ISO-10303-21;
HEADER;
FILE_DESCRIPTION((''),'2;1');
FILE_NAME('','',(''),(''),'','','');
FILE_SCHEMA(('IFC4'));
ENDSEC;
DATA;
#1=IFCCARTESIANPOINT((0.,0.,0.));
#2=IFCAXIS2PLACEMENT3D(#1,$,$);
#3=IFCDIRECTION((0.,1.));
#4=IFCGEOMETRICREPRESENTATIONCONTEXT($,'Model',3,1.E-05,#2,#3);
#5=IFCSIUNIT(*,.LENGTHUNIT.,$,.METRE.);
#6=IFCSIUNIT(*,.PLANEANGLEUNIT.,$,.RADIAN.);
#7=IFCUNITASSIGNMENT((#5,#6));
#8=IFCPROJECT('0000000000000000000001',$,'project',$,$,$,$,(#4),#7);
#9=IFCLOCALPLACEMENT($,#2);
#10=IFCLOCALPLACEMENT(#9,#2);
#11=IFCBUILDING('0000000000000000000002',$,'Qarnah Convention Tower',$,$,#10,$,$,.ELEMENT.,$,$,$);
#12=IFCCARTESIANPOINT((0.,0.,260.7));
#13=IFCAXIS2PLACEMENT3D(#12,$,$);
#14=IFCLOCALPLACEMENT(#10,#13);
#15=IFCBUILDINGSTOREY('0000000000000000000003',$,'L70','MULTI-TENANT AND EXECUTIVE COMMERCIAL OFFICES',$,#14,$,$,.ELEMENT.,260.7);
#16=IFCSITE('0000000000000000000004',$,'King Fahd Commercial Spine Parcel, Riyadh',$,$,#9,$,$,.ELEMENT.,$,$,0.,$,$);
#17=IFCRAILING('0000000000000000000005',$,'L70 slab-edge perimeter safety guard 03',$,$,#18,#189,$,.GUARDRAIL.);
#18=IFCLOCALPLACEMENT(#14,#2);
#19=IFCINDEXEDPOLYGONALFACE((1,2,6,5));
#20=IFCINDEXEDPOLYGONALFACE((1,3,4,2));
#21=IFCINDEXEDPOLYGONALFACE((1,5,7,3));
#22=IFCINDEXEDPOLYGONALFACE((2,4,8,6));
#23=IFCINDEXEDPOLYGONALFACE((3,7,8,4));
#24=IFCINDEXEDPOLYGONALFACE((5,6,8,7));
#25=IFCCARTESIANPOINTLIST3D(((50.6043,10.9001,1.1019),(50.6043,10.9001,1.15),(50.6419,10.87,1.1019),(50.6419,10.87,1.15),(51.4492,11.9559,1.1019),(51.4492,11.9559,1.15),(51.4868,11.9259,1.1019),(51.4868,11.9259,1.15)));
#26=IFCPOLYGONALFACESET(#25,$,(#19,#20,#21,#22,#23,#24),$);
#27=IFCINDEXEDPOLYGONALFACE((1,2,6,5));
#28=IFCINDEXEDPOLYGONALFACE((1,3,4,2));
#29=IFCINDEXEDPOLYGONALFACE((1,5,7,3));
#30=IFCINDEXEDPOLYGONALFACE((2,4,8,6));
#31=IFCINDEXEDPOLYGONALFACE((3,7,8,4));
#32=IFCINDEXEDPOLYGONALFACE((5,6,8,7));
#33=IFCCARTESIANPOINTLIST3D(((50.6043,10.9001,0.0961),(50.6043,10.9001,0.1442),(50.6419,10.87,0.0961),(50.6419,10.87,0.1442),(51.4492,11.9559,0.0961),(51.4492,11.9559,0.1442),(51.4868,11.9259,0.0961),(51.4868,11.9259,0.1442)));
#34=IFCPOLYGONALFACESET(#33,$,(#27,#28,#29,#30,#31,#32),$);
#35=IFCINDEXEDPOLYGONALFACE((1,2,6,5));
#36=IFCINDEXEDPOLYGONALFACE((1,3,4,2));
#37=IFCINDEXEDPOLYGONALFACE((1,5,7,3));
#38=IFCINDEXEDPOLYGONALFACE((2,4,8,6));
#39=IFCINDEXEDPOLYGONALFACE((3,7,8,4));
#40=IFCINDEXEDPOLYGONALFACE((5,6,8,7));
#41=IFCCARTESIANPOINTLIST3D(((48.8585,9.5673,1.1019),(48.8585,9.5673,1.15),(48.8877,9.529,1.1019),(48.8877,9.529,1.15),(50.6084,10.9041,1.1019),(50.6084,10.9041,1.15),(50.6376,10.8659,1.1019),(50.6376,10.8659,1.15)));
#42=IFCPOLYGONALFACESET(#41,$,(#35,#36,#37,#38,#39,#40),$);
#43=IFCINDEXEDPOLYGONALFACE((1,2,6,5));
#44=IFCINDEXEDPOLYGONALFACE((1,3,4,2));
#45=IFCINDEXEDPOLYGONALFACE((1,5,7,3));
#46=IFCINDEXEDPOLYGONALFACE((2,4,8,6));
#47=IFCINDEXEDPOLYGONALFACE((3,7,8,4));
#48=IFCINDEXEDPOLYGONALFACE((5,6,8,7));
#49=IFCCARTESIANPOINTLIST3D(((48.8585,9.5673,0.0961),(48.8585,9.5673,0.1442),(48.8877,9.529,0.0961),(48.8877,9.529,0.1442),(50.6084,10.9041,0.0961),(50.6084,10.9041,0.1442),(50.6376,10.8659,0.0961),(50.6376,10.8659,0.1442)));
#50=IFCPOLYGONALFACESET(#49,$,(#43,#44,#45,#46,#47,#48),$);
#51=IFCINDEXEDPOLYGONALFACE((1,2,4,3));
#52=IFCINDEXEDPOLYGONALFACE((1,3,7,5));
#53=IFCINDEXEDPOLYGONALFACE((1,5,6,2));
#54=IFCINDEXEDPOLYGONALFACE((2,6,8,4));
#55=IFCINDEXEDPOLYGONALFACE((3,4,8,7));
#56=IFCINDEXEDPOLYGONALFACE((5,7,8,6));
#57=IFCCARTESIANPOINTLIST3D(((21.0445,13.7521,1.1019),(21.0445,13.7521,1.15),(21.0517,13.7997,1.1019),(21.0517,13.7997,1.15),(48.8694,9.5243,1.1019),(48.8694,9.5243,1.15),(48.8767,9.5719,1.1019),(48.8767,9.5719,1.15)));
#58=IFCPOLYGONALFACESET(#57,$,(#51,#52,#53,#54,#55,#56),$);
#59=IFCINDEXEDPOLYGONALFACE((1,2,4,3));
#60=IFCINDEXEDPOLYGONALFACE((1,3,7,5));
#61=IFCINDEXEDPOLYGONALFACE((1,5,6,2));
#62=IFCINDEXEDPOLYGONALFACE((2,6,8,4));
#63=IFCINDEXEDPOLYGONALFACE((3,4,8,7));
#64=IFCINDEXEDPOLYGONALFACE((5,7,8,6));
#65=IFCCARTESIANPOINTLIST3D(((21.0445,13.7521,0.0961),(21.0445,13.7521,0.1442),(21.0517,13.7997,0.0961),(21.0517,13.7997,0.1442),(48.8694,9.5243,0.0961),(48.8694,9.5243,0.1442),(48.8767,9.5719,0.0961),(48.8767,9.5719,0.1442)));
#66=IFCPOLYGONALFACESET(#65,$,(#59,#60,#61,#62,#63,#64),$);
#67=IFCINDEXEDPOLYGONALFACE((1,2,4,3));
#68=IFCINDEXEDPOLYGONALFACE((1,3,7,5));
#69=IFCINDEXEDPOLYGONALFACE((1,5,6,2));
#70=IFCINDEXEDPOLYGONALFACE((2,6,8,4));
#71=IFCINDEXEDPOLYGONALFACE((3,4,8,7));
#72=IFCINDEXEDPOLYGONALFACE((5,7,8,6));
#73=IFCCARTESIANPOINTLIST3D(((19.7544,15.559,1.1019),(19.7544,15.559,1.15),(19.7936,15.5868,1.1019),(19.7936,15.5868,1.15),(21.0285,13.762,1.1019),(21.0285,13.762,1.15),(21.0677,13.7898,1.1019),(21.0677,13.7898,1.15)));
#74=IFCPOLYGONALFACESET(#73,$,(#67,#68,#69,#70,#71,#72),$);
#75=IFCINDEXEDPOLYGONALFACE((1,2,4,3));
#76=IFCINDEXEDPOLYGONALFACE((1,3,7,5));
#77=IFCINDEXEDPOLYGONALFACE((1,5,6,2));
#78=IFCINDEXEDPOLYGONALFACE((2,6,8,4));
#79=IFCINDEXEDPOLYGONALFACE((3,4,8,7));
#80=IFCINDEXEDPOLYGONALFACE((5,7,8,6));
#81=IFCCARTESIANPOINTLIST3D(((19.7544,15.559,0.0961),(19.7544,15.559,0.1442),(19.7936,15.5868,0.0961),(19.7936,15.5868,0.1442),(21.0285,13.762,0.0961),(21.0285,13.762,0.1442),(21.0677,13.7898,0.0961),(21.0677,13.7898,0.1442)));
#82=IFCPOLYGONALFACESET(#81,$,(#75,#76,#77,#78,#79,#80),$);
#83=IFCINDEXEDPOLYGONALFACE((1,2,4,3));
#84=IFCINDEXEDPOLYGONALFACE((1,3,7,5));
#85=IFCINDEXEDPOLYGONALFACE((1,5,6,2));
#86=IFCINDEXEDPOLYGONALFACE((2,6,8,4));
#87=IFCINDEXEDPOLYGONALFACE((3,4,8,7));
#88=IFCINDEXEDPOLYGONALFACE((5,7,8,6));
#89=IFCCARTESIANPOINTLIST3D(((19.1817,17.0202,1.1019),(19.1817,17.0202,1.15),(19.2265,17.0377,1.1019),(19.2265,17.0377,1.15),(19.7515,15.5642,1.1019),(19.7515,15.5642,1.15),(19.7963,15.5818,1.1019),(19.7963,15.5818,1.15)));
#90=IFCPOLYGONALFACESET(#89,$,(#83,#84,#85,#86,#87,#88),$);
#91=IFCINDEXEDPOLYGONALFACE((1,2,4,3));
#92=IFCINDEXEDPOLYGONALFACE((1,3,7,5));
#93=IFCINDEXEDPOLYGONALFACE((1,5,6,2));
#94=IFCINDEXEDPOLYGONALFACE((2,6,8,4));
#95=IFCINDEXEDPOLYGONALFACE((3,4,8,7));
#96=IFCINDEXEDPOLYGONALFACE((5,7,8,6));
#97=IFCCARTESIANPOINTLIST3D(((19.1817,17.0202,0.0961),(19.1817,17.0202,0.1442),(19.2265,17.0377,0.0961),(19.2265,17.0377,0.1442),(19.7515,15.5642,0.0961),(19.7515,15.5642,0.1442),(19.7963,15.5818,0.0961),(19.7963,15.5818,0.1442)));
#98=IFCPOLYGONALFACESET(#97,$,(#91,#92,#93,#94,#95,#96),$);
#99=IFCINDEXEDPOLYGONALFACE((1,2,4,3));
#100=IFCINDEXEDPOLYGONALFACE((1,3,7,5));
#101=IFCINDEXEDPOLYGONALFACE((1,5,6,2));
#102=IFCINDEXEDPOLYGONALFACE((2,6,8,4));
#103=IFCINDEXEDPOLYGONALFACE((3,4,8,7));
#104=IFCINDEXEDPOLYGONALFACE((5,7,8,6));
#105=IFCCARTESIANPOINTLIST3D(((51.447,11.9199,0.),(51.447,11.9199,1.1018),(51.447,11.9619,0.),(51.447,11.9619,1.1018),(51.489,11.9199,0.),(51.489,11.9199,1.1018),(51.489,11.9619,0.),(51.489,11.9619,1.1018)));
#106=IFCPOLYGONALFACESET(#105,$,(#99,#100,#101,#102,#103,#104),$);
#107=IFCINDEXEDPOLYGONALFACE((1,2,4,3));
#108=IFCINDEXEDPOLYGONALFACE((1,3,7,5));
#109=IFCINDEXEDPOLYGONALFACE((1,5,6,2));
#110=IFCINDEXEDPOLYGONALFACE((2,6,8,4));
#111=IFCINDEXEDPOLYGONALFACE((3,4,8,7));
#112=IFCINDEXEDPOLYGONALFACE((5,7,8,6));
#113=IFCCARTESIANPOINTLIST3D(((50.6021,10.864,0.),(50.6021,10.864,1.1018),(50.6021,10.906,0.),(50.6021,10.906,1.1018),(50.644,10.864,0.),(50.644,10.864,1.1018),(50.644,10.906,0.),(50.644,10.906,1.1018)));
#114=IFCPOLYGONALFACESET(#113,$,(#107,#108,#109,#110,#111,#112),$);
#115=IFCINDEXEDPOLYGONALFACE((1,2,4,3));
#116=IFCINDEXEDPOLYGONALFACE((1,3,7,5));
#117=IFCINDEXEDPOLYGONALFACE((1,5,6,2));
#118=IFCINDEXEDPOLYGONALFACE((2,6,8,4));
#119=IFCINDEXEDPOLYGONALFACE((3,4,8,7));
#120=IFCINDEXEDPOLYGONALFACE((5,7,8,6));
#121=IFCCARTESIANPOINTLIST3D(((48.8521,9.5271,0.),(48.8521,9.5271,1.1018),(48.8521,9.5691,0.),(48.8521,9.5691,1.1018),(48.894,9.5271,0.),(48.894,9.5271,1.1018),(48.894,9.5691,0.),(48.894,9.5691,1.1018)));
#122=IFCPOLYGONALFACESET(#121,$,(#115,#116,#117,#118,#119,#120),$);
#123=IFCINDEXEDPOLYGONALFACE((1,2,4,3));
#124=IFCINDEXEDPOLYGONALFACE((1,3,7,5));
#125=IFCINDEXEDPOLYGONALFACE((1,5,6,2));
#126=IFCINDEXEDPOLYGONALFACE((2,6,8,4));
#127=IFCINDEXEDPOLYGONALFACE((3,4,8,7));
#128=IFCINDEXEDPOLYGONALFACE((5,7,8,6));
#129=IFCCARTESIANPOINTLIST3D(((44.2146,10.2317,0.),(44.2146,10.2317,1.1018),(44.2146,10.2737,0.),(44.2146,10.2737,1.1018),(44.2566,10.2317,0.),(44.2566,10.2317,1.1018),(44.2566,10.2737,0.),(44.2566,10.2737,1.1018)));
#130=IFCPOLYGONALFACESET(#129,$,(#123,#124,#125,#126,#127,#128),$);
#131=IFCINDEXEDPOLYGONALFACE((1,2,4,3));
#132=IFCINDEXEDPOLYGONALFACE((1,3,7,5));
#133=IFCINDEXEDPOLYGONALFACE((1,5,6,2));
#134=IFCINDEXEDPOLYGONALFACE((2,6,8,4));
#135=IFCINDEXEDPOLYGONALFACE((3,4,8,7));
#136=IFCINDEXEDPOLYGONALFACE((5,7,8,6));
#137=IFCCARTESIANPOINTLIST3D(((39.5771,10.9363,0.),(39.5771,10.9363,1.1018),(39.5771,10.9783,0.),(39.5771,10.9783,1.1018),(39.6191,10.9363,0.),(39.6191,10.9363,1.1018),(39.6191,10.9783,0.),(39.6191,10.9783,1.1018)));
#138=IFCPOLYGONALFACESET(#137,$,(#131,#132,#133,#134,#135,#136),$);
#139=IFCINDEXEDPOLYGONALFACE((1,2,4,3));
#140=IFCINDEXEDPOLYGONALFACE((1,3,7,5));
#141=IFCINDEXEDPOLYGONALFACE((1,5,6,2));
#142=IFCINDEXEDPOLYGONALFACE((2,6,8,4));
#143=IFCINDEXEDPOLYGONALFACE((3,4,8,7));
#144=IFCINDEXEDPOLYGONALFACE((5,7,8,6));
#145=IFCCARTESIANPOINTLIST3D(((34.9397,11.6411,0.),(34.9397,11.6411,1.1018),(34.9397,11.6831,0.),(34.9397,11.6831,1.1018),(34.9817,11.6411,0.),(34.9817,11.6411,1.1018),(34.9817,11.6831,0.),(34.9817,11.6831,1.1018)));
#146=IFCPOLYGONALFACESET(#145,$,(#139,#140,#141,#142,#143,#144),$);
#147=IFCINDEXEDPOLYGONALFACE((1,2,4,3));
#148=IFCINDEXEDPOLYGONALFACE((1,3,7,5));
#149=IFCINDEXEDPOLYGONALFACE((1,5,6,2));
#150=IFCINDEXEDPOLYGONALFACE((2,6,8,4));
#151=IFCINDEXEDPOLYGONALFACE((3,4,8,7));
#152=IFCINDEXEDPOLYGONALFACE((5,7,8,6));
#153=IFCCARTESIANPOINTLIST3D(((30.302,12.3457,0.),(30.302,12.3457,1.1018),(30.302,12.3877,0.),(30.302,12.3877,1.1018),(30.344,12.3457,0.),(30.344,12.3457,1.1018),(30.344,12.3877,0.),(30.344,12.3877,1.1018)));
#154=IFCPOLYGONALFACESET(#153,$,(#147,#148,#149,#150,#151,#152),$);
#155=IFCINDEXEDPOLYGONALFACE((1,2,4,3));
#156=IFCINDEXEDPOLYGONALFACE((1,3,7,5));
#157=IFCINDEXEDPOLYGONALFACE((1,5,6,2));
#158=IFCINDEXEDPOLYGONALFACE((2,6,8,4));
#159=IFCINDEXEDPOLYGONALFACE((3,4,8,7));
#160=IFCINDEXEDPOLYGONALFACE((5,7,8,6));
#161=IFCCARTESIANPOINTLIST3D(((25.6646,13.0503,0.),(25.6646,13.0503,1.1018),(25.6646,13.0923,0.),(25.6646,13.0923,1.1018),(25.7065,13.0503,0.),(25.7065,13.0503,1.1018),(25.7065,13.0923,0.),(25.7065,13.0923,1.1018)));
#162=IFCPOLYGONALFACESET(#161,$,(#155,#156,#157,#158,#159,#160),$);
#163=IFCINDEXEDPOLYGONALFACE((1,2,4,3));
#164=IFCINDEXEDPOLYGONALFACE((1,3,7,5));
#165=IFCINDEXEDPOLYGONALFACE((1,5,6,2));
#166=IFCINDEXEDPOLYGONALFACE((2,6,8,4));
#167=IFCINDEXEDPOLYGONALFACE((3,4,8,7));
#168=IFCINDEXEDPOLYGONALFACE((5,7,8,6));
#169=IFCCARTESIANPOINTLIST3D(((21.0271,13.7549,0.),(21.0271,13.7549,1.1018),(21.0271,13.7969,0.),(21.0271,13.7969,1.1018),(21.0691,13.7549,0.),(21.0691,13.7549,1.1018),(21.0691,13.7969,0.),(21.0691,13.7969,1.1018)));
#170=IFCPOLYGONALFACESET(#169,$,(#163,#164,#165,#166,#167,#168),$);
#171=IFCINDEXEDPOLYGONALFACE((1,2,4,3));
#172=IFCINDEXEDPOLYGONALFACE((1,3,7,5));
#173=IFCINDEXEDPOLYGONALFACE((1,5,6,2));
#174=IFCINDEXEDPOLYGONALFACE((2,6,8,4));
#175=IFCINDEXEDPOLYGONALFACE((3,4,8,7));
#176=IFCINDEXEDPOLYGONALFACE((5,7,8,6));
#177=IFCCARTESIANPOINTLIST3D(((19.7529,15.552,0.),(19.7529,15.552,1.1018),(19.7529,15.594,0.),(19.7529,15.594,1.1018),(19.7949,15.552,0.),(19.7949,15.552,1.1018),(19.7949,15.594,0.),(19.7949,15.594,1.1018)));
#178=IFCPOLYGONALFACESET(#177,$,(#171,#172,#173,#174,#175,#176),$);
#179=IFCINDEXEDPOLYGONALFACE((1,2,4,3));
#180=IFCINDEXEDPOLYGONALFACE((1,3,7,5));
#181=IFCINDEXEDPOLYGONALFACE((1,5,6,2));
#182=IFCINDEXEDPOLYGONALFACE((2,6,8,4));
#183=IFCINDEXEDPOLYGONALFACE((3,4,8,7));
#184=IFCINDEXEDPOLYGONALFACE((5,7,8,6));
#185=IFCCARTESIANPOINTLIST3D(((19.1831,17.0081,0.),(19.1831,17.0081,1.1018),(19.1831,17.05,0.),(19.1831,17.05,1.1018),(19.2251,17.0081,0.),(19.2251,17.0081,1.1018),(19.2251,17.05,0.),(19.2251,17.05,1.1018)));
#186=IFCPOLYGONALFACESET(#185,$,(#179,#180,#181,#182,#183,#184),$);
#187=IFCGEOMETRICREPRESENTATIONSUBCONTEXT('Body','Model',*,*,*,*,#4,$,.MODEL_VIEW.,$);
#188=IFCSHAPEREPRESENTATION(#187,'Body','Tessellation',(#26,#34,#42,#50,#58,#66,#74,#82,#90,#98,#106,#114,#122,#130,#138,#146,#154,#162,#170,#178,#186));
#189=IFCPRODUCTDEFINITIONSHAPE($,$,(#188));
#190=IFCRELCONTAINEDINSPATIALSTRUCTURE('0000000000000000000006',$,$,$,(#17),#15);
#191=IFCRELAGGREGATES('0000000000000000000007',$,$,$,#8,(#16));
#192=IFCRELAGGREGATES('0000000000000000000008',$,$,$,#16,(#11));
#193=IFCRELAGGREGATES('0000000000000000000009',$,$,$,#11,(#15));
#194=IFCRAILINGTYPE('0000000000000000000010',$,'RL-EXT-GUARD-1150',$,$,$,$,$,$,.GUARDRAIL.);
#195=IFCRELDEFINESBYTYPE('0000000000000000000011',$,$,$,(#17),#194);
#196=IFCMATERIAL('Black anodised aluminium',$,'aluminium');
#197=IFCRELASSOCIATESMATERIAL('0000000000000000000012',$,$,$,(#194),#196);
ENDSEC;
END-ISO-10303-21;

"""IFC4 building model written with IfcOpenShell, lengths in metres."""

from ifc_helpers import new_model, si_unit, direction, frame, origin, origin_2d, place, context, subcontext, project, spatial, rectangle, extrude, material, type_object, element, save


model = new_model("IFC4")

# Units and contexts
model_context = context("Model", 3, precision=1e-05, world=origin(), true_north=direction((0.0, 1.0)))
body_context = subcontext(model_context, "Body", "Model", "MODEL_VIEW")
ifc_project = project(units=[si_unit("LENGTHUNIT", "METRE"), si_unit("PLANEANGLEUNIT", "RADIAN")], contexts=[model_context])

# Site, building, storey
site_placement = place(None, origin())
site = spatial("IfcSite", under=ifc_project, at=site_placement, Name="King Fahd Commercial Spine Parcel, Riyadh", CompositionType="ELEMENT", RefElevation=0.0)
building_placement = place(site_placement, origin())
building = spatial("IfcBuilding", under=site, at=building_placement, Name="Qarnah Convention Tower", CompositionType="ELEMENT")
storey_placement = place(building_placement, frame((0.0, 0.0, 260.7)))
storey = spatial("IfcBuildingStorey", under=building, at=storey_placement, Name="L70", Description="MULTI-TENANT AND EXECUTIVE COMMERCIAL OFFICES", CompositionType="ELEMENT", Elevation=260.7)

# Shared definitions
ifc_material_1 = material(Name="Black anodised aluminium", Category="aluminium")

# Railing
railing_type_1 = type_object("IfcRailingType", Name="RL-EXT-GUARD-1150", PredefinedType="GUARDRAIL", material=ifc_material_1)
railing_1_placement = place(storey_placement, frame((51.468, 11.9409, 0.0)))
element("IfcRailing", 1, at=railing_1_placement, inside=storey, type_object=railing_type_1, Name="L70 slab-edge perimeter safety guard 03", PredefinedType="GUARDRAIL", context=body_context, shape_type="SweptSolid", body=[
    extrude(rectangle(XDim=0.0481, YDim=0.0481, at=origin_2d()), frame((0.0, 0.0, 1.126), z_axis=(-0.624805, -0.780781, 0.0), x_axis=(0.780781, -0.624805, 0.0)), (0.0, 0.0, 1.0), 1.3523),
    extrude(rectangle(XDim=0.0481, YDim=0.0481, at=origin_2d()), frame((0.0, 0.0, 0.1201), z_axis=(-0.624805, -0.780781, 0.0), x_axis=(0.780781, -0.624805, 0.0)), (0.0, 0.0, 1.0), 1.3523),
    extrude(rectangle(XDim=0.0481, YDim=0.0481, at=origin_2d()), frame((-0.845, -1.0559, 1.126), z_axis=(-0.794647, -0.607071, 0.0), x_axis=(0.607071, -0.794647, 0.0)), (0.0, 0.0, 1.0), 2.2021),
    extrude(rectangle(XDim=0.0481, YDim=0.0481, at=origin_2d()), frame((-0.845, -1.0559, 0.1201), z_axis=(-0.794647, -0.607071, 0.0), x_axis=(0.607071, -0.794647, 0.0)), (0.0, 0.0, 1.0), 2.2021),
    extrude(rectangle(XDim=0.0481, YDim=0.0481, at=origin_2d()), frame((-2.595, -2.3928, 1.126), z_axis=(-0.988653, 0.150218, 0.0), x_axis=(-0.150218, -0.988653, 0.0)), (0.0, 0.0, 1.0), 28.1443),
    extrude(rectangle(XDim=0.0481, YDim=0.0481, at=origin_2d()), frame((-2.595, -2.3928, 0.1201), z_axis=(-0.988653, 0.150218, 0.0), x_axis=(-0.150218, -0.988653, 0.0)), (0.0, 0.0, 1.0), 28.1443),
    extrude(rectangle(XDim=0.0481, YDim=0.0481, at=origin_2d()), frame((-30.4199, 1.835, 1.126), z_axis=(-0.578383, 0.815765, 0.0), x_axis=(-0.815765, -0.578383, 0.0)), (0.0, 0.0, 1.0), 2.2029),
    extrude(rectangle(XDim=0.0481, YDim=0.0481, at=origin_2d()), frame((-30.4199, 1.835, 0.1201), z_axis=(-0.578383, 0.815765, 0.0), x_axis=(-0.815765, -0.578383, 0.0)), (0.0, 0.0, 1.0), 2.2029),
    extrude(rectangle(XDim=0.0481, YDim=0.0481, at=origin_2d()), frame((-31.6941, 3.6321, 1.126), z_axis=(-0.364435, 0.931229, 0.0), x_axis=(-0.931229, -0.364435, 0.0)), (0.0, 0.0, 1.0), 1.5635),
    extrude(rectangle(XDim=0.0481, YDim=0.0481, at=origin_2d()), frame((-31.6941, 3.6321, 0.1201), z_axis=(-0.364435, 0.931229, 0.0), x_axis=(-0.931229, -0.364435, 0.0)), (0.0, 0.0, 1.0), 1.5635),
    extrude(rectangle(XDim=0.042, YDim=0.042, at=origin_2d()), origin(), (0.0, 0.0, 1.0), 1.1018),
    extrude(rectangle(XDim=0.042, YDim=0.042, at=origin_2d()), frame((-0.845, -1.0559, 0.0)), (0.0, 0.0, 1.0), 1.1018),
    extrude(rectangle(XDim=0.042, YDim=0.042, at=origin_2d()), frame((-2.595, -2.3928, 0.0)), (0.0, 0.0, 1.0), 1.1018),
    extrude(rectangle(XDim=0.042, YDim=0.042, at=origin_2d()), frame((-7.2324, -1.6882, 0.0)), (0.0, 0.0, 1.0), 1.1018),
    extrude(rectangle(XDim=0.042, YDim=0.042, at=origin_2d()), frame((-11.8699, -0.9836, 0.0)), (0.0, 0.0, 1.0), 1.1018),
    extrude(rectangle(XDim=0.042, YDim=0.042, at=origin_2d()), frame((-16.5073, -0.2788, 0.0)), (0.0, 0.0, 1.0), 1.1018),
    extrude(rectangle(XDim=0.042, YDim=0.042, at=origin_2d()), frame((-21.145, 0.4258, 0.0)), (0.0, 0.0, 1.0), 1.1018),
    extrude(rectangle(XDim=0.042, YDim=0.042, at=origin_2d()), frame((-25.7825, 1.1304, 0.0)), (0.0, 0.0, 1.0), 1.1018),
    extrude(rectangle(XDim=0.042, YDim=0.042, at=origin_2d()), frame((-30.4199, 1.835, 0.0)), (0.0, 0.0, 1.0), 1.1018),
    extrude(rectangle(XDim=0.042, YDim=0.042, at=origin_2d()), frame((-31.6941, 3.6321, 0.0)), (0.0, 0.0, 1.0), 1.1018),
    extrude(rectangle(XDim=0.042, YDim=0.042, at=origin_2d()), frame((-32.2639, 5.0881, 0.0)), (0.0, 0.0, 1.0), 1.1018),
])

save(model, "model.ifc")
